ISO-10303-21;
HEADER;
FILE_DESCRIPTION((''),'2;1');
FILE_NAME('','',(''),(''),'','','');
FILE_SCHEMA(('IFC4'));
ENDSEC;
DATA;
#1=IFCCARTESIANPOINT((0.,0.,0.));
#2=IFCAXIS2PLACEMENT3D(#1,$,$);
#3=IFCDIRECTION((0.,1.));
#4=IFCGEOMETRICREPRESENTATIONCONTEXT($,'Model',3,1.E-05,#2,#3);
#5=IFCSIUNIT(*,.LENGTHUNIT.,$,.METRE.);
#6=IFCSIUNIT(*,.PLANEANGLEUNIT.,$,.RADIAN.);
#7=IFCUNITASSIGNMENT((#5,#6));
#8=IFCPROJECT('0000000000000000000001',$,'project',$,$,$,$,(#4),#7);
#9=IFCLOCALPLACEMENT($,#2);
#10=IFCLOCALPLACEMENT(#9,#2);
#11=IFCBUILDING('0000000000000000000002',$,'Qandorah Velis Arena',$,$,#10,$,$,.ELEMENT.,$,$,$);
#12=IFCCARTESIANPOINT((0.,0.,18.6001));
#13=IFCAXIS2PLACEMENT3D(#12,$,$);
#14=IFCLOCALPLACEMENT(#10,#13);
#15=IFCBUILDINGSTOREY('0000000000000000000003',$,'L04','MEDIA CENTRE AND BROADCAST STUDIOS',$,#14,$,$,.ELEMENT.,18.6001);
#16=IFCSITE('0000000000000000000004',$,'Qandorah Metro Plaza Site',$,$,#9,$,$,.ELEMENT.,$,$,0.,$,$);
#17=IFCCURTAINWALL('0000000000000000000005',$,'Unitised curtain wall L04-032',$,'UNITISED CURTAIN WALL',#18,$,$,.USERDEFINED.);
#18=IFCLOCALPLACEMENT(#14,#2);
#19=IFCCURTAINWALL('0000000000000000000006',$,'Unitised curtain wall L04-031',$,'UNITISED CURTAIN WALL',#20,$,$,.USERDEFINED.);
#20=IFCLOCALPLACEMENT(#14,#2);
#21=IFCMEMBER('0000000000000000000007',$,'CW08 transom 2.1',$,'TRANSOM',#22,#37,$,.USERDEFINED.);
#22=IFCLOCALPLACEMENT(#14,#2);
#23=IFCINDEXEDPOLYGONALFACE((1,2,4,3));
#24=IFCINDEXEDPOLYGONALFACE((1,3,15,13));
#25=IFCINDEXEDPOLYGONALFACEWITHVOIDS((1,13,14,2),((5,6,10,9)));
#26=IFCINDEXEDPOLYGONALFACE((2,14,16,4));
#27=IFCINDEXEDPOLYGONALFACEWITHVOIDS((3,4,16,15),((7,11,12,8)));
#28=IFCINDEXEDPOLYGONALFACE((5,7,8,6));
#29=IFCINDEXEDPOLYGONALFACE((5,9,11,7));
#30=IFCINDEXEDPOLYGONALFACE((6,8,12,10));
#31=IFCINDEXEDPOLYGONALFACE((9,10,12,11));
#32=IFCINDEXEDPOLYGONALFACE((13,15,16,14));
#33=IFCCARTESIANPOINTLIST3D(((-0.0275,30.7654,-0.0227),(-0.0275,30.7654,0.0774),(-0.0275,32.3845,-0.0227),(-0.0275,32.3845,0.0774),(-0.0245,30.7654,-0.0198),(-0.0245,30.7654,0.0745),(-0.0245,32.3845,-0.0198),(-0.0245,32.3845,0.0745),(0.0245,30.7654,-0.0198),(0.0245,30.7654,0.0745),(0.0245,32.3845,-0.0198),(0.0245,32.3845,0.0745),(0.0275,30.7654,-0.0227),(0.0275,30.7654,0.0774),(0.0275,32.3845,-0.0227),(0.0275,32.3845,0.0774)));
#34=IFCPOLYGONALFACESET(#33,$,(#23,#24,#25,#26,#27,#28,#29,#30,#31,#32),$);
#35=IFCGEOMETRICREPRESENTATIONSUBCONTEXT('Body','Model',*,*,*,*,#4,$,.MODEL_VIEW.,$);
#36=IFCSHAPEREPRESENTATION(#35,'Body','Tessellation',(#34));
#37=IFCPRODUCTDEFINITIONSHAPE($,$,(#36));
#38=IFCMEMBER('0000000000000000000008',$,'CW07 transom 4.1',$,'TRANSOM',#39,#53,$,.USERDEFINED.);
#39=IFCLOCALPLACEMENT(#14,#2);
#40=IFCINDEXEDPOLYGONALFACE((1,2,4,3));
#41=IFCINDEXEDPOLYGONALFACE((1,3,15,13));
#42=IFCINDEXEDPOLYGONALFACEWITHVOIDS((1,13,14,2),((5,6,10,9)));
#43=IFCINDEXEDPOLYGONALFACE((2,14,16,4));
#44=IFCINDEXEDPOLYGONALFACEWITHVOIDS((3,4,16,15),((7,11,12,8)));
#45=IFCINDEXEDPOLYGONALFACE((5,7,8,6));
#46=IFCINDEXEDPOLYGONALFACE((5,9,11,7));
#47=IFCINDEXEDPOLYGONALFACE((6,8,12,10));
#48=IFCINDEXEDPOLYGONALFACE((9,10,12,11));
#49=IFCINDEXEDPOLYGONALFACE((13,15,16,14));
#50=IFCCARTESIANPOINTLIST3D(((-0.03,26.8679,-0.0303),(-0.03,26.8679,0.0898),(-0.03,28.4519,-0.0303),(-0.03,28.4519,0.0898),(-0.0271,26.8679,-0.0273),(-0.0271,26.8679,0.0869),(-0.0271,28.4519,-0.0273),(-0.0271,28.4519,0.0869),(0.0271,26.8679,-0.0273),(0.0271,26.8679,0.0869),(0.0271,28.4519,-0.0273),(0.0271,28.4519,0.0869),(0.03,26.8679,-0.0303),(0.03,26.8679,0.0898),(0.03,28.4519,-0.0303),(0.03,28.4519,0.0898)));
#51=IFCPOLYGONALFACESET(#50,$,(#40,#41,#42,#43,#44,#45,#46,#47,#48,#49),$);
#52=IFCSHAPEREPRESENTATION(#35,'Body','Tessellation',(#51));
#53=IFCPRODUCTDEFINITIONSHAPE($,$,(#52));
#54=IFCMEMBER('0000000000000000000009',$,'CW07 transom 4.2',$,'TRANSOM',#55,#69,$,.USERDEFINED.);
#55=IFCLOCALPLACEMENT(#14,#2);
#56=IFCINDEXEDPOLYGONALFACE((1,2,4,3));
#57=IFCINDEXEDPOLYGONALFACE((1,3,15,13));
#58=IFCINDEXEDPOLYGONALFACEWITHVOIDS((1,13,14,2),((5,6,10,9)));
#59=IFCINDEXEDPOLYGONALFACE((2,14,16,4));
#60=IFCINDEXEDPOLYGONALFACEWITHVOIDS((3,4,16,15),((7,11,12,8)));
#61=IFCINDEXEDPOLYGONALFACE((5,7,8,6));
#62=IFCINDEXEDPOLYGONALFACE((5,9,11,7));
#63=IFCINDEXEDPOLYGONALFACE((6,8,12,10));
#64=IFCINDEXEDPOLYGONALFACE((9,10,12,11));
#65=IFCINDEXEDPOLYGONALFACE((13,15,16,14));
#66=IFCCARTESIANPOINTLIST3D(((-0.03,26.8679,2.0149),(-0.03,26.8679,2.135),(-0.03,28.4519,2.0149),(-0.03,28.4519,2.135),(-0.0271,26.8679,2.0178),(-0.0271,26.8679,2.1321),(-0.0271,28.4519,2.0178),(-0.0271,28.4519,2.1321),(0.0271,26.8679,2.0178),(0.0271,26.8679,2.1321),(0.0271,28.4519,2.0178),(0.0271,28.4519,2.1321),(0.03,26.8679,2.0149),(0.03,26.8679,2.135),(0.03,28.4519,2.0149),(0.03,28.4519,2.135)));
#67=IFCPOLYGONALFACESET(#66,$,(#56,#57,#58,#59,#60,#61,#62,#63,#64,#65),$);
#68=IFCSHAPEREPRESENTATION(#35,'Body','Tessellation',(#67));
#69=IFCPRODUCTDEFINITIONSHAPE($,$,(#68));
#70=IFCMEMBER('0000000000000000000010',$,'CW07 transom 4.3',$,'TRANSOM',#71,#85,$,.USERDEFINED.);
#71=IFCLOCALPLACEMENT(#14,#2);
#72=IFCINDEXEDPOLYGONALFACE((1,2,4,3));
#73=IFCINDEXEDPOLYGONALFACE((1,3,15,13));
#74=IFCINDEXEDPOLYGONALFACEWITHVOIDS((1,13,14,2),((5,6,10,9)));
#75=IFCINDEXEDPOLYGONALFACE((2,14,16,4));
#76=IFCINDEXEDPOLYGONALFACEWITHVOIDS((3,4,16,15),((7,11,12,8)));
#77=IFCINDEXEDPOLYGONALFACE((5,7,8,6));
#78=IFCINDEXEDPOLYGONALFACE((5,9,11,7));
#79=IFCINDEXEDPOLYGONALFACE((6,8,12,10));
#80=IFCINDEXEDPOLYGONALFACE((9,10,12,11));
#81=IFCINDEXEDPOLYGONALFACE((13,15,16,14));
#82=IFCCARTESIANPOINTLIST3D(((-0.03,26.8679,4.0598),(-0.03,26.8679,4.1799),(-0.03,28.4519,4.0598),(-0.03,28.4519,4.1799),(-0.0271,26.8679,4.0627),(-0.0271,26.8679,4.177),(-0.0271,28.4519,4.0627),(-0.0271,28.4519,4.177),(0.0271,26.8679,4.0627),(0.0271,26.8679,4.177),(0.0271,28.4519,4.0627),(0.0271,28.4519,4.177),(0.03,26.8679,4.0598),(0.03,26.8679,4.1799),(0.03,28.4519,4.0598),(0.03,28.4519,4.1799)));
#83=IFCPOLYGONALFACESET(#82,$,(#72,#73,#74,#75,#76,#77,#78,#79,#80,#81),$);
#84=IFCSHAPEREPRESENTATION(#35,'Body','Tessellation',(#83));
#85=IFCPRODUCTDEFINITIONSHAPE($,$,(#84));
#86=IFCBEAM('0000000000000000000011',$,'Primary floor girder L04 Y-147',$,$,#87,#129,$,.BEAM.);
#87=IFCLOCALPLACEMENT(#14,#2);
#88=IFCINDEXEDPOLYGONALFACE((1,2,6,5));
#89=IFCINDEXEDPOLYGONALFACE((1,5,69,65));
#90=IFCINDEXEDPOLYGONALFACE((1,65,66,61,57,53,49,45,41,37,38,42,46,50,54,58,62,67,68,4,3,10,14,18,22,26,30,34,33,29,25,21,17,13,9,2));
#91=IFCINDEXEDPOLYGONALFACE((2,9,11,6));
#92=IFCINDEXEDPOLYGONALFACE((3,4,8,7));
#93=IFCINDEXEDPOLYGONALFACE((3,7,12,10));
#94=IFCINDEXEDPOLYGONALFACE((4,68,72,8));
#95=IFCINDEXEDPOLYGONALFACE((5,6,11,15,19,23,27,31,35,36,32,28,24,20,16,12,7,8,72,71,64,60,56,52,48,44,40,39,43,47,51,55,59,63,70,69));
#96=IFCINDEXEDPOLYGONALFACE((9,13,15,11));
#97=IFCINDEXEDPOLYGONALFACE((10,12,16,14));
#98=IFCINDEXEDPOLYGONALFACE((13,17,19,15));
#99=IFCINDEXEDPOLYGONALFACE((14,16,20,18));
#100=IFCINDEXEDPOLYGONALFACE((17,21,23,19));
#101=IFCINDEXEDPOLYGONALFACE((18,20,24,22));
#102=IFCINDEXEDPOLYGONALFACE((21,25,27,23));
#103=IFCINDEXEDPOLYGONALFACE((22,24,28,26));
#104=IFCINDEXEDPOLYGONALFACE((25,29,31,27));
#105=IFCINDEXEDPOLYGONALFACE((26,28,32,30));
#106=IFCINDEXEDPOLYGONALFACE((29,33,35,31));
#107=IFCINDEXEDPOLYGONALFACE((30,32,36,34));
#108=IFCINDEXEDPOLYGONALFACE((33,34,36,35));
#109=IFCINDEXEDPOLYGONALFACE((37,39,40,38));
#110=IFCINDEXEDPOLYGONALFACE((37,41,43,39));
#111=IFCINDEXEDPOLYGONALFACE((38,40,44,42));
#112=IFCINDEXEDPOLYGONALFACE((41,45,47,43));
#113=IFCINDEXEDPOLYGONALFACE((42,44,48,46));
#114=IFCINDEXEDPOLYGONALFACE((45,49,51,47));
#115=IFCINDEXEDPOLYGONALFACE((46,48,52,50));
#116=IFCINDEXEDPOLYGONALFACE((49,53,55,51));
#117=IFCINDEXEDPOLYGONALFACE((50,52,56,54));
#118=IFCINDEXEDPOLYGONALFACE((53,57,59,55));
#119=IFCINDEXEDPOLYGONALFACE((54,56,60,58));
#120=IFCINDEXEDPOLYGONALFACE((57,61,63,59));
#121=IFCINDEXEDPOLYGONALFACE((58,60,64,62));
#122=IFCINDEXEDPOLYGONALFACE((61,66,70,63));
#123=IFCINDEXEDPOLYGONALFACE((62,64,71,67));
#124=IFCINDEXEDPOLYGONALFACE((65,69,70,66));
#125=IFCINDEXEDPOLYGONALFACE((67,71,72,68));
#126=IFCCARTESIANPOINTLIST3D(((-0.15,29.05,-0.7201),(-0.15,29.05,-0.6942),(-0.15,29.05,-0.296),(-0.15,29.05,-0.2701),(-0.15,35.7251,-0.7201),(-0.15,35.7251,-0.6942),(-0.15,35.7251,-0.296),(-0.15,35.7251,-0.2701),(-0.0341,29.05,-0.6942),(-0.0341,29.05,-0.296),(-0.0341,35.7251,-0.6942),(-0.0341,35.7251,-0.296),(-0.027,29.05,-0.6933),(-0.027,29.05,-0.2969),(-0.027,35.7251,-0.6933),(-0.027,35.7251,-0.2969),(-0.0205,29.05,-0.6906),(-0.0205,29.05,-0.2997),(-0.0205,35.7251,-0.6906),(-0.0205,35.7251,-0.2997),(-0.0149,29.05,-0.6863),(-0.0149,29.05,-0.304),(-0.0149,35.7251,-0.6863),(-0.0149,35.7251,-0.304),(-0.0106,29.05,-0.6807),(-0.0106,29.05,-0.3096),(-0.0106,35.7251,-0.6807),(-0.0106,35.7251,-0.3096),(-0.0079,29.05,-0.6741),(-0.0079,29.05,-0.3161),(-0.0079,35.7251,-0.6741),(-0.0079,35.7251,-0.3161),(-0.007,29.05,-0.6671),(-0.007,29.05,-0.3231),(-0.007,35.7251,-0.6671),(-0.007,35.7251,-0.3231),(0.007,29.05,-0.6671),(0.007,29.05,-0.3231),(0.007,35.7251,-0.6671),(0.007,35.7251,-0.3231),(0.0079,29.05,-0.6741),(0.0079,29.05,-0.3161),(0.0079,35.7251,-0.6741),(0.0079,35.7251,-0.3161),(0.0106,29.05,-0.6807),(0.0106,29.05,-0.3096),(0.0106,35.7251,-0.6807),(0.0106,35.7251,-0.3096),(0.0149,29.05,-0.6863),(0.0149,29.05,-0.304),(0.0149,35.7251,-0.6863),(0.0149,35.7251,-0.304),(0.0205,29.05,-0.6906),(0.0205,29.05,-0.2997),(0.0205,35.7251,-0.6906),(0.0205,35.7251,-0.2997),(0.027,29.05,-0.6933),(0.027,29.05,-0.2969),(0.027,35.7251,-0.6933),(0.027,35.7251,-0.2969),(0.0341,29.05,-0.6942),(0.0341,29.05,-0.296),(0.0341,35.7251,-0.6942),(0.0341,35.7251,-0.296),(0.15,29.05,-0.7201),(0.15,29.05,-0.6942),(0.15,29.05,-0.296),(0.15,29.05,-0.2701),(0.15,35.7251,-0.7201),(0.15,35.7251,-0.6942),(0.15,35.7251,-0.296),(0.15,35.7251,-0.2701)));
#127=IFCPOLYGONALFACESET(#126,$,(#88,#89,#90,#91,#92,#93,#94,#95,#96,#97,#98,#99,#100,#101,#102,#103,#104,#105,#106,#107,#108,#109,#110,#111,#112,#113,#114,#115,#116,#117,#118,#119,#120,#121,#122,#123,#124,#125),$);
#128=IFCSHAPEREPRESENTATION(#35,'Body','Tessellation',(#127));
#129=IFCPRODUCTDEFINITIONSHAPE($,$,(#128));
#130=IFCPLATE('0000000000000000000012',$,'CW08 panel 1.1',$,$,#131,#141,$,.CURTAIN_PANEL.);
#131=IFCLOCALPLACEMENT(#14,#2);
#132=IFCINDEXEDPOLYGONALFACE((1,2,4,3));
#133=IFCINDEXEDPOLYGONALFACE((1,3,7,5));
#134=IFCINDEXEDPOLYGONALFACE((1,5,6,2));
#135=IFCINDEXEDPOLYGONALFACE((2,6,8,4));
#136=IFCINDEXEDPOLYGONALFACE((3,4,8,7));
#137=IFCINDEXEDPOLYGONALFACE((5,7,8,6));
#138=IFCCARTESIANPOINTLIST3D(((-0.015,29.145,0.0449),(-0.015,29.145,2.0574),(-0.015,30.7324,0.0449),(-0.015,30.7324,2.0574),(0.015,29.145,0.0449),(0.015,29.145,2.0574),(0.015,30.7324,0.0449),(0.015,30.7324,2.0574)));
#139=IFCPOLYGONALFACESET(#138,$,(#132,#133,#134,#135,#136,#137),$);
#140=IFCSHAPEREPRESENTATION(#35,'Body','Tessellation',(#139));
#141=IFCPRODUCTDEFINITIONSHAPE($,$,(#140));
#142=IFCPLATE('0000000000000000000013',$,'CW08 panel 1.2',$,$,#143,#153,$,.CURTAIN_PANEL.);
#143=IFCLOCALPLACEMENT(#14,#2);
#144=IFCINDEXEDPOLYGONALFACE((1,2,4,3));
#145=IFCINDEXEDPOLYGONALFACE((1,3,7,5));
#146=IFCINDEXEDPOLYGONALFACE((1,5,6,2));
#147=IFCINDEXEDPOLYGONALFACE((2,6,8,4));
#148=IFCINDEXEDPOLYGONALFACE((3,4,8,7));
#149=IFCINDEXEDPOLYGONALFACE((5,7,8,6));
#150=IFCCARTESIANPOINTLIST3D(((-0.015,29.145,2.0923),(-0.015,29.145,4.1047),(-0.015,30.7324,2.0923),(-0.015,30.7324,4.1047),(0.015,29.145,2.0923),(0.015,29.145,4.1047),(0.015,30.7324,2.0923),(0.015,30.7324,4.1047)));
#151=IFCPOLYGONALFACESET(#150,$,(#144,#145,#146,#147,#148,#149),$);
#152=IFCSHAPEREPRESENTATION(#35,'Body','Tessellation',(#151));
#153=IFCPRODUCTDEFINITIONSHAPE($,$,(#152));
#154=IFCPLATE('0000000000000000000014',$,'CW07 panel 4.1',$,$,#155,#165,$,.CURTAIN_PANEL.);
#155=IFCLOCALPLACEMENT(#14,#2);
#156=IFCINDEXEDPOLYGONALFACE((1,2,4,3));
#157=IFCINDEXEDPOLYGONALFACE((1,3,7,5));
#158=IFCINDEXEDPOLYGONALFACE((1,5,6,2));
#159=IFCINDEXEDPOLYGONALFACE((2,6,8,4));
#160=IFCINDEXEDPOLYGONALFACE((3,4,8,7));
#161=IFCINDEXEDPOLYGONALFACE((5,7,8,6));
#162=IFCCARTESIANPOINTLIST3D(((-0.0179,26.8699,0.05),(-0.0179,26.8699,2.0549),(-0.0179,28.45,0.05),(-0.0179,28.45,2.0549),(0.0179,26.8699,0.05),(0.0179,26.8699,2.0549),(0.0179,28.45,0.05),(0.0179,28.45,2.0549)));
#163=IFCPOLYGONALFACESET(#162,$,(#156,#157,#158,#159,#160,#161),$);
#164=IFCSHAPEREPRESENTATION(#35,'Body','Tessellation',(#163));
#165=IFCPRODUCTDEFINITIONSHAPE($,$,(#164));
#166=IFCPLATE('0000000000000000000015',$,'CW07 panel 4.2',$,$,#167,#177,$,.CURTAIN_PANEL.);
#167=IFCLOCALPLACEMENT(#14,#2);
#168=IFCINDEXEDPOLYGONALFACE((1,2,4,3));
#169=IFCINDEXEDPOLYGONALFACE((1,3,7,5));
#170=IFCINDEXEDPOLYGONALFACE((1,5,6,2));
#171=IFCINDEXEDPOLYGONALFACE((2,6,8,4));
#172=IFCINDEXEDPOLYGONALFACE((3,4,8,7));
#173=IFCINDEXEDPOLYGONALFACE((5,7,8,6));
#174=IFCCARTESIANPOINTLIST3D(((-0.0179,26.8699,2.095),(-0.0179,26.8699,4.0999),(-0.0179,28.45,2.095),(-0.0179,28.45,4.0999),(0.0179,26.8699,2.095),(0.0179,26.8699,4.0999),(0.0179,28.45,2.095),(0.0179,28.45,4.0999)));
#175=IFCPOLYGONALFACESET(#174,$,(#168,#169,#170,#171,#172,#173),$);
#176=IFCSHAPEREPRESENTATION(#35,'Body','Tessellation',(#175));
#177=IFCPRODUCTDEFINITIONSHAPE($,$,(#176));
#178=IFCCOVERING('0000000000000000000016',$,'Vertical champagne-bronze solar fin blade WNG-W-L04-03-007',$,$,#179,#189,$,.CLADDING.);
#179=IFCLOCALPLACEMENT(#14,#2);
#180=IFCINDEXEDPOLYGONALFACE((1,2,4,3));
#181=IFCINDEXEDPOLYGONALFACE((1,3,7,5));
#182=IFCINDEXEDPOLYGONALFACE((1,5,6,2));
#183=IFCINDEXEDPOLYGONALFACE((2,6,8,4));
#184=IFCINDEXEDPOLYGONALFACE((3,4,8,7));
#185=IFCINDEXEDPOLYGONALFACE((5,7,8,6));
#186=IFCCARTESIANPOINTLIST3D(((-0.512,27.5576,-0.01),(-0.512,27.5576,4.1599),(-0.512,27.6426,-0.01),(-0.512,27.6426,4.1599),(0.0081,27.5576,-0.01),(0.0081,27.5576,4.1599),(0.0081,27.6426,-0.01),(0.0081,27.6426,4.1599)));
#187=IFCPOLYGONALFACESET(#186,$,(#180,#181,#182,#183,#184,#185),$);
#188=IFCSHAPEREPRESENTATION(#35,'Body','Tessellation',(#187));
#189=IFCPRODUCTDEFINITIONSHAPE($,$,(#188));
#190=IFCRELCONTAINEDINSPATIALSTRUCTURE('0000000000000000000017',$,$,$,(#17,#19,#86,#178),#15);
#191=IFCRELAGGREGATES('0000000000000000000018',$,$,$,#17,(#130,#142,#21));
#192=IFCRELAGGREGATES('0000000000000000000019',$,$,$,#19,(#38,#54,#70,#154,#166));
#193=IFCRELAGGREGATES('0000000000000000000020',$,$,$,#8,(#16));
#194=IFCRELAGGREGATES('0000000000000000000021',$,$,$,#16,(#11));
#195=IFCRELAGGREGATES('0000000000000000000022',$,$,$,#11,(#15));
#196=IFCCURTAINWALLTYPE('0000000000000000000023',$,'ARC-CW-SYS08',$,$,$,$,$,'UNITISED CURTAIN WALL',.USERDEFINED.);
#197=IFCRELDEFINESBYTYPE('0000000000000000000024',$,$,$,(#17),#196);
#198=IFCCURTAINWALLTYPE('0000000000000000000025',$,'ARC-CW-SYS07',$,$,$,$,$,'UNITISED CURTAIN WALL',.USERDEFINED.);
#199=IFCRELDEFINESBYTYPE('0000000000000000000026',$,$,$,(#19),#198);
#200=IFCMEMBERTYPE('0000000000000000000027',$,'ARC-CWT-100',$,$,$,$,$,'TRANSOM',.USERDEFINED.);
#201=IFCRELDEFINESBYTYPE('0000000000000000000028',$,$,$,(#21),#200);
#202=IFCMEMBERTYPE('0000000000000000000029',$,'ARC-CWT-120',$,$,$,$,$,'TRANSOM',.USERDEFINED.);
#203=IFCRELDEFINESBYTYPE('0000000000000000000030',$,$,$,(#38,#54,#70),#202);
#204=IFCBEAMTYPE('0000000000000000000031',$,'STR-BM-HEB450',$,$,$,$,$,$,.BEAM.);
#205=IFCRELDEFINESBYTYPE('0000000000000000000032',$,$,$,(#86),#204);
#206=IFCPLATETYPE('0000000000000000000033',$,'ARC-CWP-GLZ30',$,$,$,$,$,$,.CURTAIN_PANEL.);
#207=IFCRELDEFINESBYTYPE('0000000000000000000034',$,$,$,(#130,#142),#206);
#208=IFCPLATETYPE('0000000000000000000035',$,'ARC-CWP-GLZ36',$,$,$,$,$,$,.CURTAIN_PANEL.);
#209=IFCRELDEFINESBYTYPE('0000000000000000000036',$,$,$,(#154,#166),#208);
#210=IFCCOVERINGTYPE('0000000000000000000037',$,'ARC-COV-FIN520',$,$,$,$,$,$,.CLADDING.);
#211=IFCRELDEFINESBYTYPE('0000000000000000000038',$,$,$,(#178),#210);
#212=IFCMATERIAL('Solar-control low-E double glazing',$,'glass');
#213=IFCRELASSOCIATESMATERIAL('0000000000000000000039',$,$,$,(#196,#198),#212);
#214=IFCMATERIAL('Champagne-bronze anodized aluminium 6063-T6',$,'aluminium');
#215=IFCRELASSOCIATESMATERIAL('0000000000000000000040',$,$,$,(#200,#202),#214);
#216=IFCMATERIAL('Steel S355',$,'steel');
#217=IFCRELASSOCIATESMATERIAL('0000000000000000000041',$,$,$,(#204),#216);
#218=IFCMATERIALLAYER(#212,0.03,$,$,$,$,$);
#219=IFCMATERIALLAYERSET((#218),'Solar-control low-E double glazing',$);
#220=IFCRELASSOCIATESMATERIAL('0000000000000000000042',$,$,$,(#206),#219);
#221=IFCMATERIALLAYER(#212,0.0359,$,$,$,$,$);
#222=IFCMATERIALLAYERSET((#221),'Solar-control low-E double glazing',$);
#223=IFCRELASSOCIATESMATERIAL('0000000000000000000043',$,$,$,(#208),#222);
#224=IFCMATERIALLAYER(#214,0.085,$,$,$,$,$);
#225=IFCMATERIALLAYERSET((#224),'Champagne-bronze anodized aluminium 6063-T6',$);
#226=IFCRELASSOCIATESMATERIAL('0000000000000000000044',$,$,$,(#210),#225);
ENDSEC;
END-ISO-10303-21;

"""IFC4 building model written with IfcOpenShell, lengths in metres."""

from ifc_helpers import new_model, si_unit, direction, frame, origin, origin_2d, place, context, subcontext, project, spatial, rectangle, hollow_rectangle, i_section, extrude, material, layer, layer_set, material_profile, profile_set, type_object, element, aggregate, save


model = new_model("IFC4")

# Units and contexts
model_context = context("Model", 3, precision=1e-05, world=origin(), true_north=direction((0.0, 1.0)))
body_context = subcontext(model_context, "Body", "Model", "MODEL_VIEW")
ifc_project = project(units=[si_unit("LENGTHUNIT", "METRE"), si_unit("PLANEANGLEUNIT", "RADIAN")], contexts=[model_context])

# Site, building, storey
site_placement = place(None, origin())
site = spatial("IfcSite", under=ifc_project, at=site_placement, Name="Qandorah Metro Plaza Site", CompositionType="ELEMENT", RefElevation=0.0)
building_placement = place(site_placement, origin())
building = spatial("IfcBuilding", under=site, at=building_placement, Name="Qandorah Velis Arena", CompositionType="ELEMENT")
storey_placement = place(building_placement, frame((0.0, 0.0, 18.6001)))
storey = spatial("IfcBuildingStorey", under=building, at=storey_placement, Name="L04", Description="MEDIA CENTRE AND BROADCAST STUDIOS", CompositionType="ELEMENT", Elevation=18.6001)

# Shared definitions
ifc_material_1 = material(Name="Steel S355", Category="steel")

# Curtain walls
ifc_material_2 = material(Name="Solar-control low-E double glazing", Category="glass")
curtain_wall_type_1 = type_object("IfcCurtainWallType", Name="ARC-CW-SYS08", ElementType="UNITISED CURTAIN WALL", PredefinedType="USERDEFINED", material=ifc_material_2)
curtain_wall_1_placement = place(storey_placement, origin())
curtain_wall_1 = element("IfcCurtainWall", 1, at=curtain_wall_1_placement, inside=storey, type_object=curtain_wall_type_1, Name="Unitised curtain wall L04-032", ObjectType="UNITISED CURTAIN WALL", PredefinedType="USERDEFINED")
ifc_material_3 = material(Name="Champagne-bronze anodized aluminium 6063-T6", Category="aluminium")
curtain_wall_type_2 = type_object("IfcCurtainWallType", Name="ARC-CW-SYS07", ElementType="UNITISED CURTAIN WALL", PredefinedType="USERDEFINED", material=ifc_material_2)
curtain_wall_2_placement = place(storey_placement, origin())
curtain_wall_2 = element("IfcCurtainWall", 2, at=curtain_wall_2_placement, inside=storey, type_object=curtain_wall_type_2, Name="Unitised curtain wall L04-031", ObjectType="UNITISED CURTAIN WALL", PredefinedType="USERDEFINED")

# Members
ifc_material_profile_1 = material_profile(ifc_material_3, hollow_rectangle(XDim=0.0549, YDim=0.1001, WallThickness=0.0029, at=origin_2d()), Name="ALU TRANSOM 55x100")
ifc_profile_set_1 = profile_set([ifc_material_profile_1], Name="Champagne-bronze anodized aluminium 6063-T6")
member_type_1 = type_object("IfcMemberType", Name="ARC-CWT-100", ElementType="TRANSOM", PredefinedType="USERDEFINED", material=ifc_profile_set_1)
member_1_placement = place(storey_placement, frame((0.0, 30.7654, 0.0273), z_axis=(0.0, 1.0, 0.0), x_axis=(-1.0, 0.0, 0.0)))
member_1 = element("IfcMember", 3, at=member_1_placement, type_object=member_type_1, Name="CW08 transom 2.1", ObjectType="TRANSOM", PredefinedType="USERDEFINED", context=body_context, shape_type="SweptSolid", body=[
    extrude(hollow_rectangle(XDim=0.0549, YDim=0.1001, WallThickness=0.0029, at=origin_2d()), origin(), (0.0, 0.0, 1.0), 1.6191),
])
ifc_material_profile_2 = material_profile(ifc_material_3, hollow_rectangle(XDim=0.0601, YDim=0.1201, WallThickness=0.0029, at=origin_2d()), Name="ALU TRANSOM 60x120")
ifc_profile_set_2 = profile_set([ifc_material_profile_2], Name="Champagne-bronze anodized aluminium 6063-T6")
member_type_2 = type_object("IfcMemberType", Name="ARC-CWT-120", ElementType="TRANSOM", PredefinedType="USERDEFINED", material=ifc_profile_set_2)
member_2_placement = place(storey_placement, frame((0.0, 26.8679, 0.0298), z_axis=(0.0, 1.0, 0.0), x_axis=(-1.0, 0.0, 0.0)))
member_2 = element("IfcMember", 4, at=member_2_placement, type_object=member_type_2, Name="CW07 transom 4.1", ObjectType="TRANSOM", PredefinedType="USERDEFINED", context=body_context, shape_type="SweptSolid", body=[
    extrude(hollow_rectangle(XDim=0.0601, YDim=0.1201, WallThickness=0.0029, at=origin_2d()), origin(), (0.0, 0.0, 1.0), 1.584),
])
member_3_placement = place(storey_placement, frame((0.0, 26.8679, 2.075), z_axis=(0.0, 1.0, 0.0), x_axis=(-1.0, 0.0, 0.0)))
member_3 = element("IfcMember", 5, at=member_3_placement, type_object=member_type_2, Name="CW07 transom 4.2", ObjectType="TRANSOM", PredefinedType="USERDEFINED", context=body_context, shape_type="SweptSolid", body=[
    extrude(hollow_rectangle(XDim=0.0601, YDim=0.1201, WallThickness=0.0029, at=origin_2d()), origin(), (0.0, 0.0, 1.0), 1.584),
])
member_4_placement = place(storey_placement, frame((0.0, 26.8679, 4.1199), z_axis=(0.0, 1.0, 0.0), x_axis=(-1.0, 0.0, 0.0)))
member_4 = element("IfcMember", 6, at=member_4_placement, type_object=member_type_2, Name="CW07 transom 4.3", ObjectType="TRANSOM", PredefinedType="USERDEFINED", context=body_context, shape_type="SweptSolid", body=[
    extrude(hollow_rectangle(XDim=0.0601, YDim=0.1201, WallThickness=0.0029, at=origin_2d()), origin(), (0.0, 0.0, 1.0), 1.584),
])

# Beam
ifc_material_profile_3 = material_profile(ifc_material_1, i_section(OverallWidth=0.3, OverallDepth=0.45, WebThickness=0.0139, FlangeThickness=0.0259, FilletRadius=0.0271, at=origin_2d()), Name="HEB 450")
ifc_profile_set_3 = profile_set([ifc_material_profile_3], Name="Steel S355")
beam_type = type_object("IfcBeamType", Name="STR-BM-HEB450", PredefinedType="BEAM", material=ifc_profile_set_3)
beam_placement = place(storey_placement, frame((0.0, 29.05, -0.4951), z_axis=(0.0, 1.0, 0.0), x_axis=(-1.0, 0.0, 0.0)))
element("IfcBeam", 7, at=beam_placement, inside=storey, type_object=beam_type, Name="Primary floor girder L04 Y-147", PredefinedType="BEAM", context=body_context, shape_type="SweptSolid", body=[
    extrude(i_section(OverallWidth=0.3, OverallDepth=0.45, WebThickness=0.0139, FlangeThickness=0.0259, FilletRadius=0.0271, at=origin_2d()), origin(), (0.0, 0.0, 1.0), 6.675),
])

# Plates
ifc_layer_1 = layer(ifc_material_2, 0.03)
ifc_layer_set_1 = layer_set([ifc_layer_1], Name="Solar-control low-E double glazing")
plate_type_1 = type_object("IfcPlateType", Name="ARC-CWP-GLZ30", PredefinedType="CURTAIN_PANEL", material=ifc_layer_set_1)
plate_1_placement = place(storey_placement, frame((0.0, 29.9387, 0.0449), z_axis=(0.0, 0.0, 1.0), x_axis=(0.0, 1.0, 0.0)))
plate_1 = element("IfcPlate", 8, at=plate_1_placement, type_object=plate_type_1, Name="CW08 panel 1.1", PredefinedType="CURTAIN_PANEL", context=body_context, shape_type="SweptSolid", body=[
    extrude(rectangle(XDim=1.5874, YDim=0.03, at=origin_2d()), origin(), (0.0, 0.0, 1.0), 2.0125),
])
plate_2_placement = place(storey_placement, frame((0.0, 29.9387, 2.0923), z_axis=(0.0, 0.0, 1.0), x_axis=(0.0, 1.0, 0.0)))
plate_2 = element("IfcPlate", 9, at=plate_2_placement, type_object=plate_type_1, Name="CW08 panel 1.2", PredefinedType="CURTAIN_PANEL", context=body_context, shape_type="SweptSolid", body=[
    extrude(rectangle(XDim=1.5874, YDim=0.03, at=origin_2d()), origin(), (0.0, 0.0, 1.0), 2.0125),
])
aggregate(curtain_wall_1, [plate_1, plate_2, member_1])
ifc_layer_2 = layer(ifc_material_2, 0.0359)
ifc_layer_set_2 = layer_set([ifc_layer_2], Name="Solar-control low-E double glazing")
plate_type_2 = type_object("IfcPlateType", Name="ARC-CWP-GLZ36", PredefinedType="CURTAIN_PANEL", material=ifc_layer_set_2)
plate_3_placement = place(storey_placement, frame((0.0, 27.6599, 0.05), z_axis=(0.0, 0.0, 1.0), x_axis=(0.0, 1.0, 0.0)))
plate_3 = element("IfcPlate", 10, at=plate_3_placement, type_object=plate_type_2, Name="CW07 panel 4.1", PredefinedType="CURTAIN_PANEL", context=body_context, shape_type="SweptSolid", body=[
    extrude(rectangle(XDim=1.5801, YDim=0.0359, at=origin_2d()), origin(), (0.0, 0.0, 1.0), 2.0049),
])
plate_4_placement = place(storey_placement, frame((0.0, 27.6599, 2.095), z_axis=(0.0, 0.0, 1.0), x_axis=(0.0, 1.0, 0.0)))
plate_4 = element("IfcPlate", 11, at=plate_4_placement, type_object=plate_type_2, Name="CW07 panel 4.2", PredefinedType="CURTAIN_PANEL", context=body_context, shape_type="SweptSolid", body=[
    extrude(rectangle(XDim=1.5801, YDim=0.0359, at=origin_2d()), origin(), (0.0, 0.0, 1.0), 2.0049),
])
aggregate(curtain_wall_2, [member_2, member_3, member_4, plate_3, plate_4])

# Covering
ifc_layer_3 = layer(ifc_material_3, 0.085)
ifc_layer_set_3 = layer_set([ifc_layer_3], Name="Champagne-bronze anodized aluminium 6063-T6")
covering_type = type_object("IfcCoveringType", Name="ARC-COV-FIN520", PredefinedType="CLADDING", material=ifc_layer_set_3)
for number, where, z_axis, x_axis, name in (
    (12, (-0.252, 27.6001, -0.01), (0.0, 0.0, 1.0), (1.0, 0.0, 0.0), "Vertical champagne-bronze solar fin blade WNG-W-L04-03-007"),
):
    element("IfcCovering", number, at=place(storey_placement, frame(where, z_axis=z_axis, x_axis=x_axis)), inside=storey, type_object=covering_type, Name=name, PredefinedType="CLADDING", context=body_context, shape_type="SweptSolid", body=[
        extrude(rectangle(XDim=0.52, YDim=0.085, at=origin_2d()), origin(), (0.0, 0.0, 1.0), 4.1699),
    ])

save(model, "model.ifc")
